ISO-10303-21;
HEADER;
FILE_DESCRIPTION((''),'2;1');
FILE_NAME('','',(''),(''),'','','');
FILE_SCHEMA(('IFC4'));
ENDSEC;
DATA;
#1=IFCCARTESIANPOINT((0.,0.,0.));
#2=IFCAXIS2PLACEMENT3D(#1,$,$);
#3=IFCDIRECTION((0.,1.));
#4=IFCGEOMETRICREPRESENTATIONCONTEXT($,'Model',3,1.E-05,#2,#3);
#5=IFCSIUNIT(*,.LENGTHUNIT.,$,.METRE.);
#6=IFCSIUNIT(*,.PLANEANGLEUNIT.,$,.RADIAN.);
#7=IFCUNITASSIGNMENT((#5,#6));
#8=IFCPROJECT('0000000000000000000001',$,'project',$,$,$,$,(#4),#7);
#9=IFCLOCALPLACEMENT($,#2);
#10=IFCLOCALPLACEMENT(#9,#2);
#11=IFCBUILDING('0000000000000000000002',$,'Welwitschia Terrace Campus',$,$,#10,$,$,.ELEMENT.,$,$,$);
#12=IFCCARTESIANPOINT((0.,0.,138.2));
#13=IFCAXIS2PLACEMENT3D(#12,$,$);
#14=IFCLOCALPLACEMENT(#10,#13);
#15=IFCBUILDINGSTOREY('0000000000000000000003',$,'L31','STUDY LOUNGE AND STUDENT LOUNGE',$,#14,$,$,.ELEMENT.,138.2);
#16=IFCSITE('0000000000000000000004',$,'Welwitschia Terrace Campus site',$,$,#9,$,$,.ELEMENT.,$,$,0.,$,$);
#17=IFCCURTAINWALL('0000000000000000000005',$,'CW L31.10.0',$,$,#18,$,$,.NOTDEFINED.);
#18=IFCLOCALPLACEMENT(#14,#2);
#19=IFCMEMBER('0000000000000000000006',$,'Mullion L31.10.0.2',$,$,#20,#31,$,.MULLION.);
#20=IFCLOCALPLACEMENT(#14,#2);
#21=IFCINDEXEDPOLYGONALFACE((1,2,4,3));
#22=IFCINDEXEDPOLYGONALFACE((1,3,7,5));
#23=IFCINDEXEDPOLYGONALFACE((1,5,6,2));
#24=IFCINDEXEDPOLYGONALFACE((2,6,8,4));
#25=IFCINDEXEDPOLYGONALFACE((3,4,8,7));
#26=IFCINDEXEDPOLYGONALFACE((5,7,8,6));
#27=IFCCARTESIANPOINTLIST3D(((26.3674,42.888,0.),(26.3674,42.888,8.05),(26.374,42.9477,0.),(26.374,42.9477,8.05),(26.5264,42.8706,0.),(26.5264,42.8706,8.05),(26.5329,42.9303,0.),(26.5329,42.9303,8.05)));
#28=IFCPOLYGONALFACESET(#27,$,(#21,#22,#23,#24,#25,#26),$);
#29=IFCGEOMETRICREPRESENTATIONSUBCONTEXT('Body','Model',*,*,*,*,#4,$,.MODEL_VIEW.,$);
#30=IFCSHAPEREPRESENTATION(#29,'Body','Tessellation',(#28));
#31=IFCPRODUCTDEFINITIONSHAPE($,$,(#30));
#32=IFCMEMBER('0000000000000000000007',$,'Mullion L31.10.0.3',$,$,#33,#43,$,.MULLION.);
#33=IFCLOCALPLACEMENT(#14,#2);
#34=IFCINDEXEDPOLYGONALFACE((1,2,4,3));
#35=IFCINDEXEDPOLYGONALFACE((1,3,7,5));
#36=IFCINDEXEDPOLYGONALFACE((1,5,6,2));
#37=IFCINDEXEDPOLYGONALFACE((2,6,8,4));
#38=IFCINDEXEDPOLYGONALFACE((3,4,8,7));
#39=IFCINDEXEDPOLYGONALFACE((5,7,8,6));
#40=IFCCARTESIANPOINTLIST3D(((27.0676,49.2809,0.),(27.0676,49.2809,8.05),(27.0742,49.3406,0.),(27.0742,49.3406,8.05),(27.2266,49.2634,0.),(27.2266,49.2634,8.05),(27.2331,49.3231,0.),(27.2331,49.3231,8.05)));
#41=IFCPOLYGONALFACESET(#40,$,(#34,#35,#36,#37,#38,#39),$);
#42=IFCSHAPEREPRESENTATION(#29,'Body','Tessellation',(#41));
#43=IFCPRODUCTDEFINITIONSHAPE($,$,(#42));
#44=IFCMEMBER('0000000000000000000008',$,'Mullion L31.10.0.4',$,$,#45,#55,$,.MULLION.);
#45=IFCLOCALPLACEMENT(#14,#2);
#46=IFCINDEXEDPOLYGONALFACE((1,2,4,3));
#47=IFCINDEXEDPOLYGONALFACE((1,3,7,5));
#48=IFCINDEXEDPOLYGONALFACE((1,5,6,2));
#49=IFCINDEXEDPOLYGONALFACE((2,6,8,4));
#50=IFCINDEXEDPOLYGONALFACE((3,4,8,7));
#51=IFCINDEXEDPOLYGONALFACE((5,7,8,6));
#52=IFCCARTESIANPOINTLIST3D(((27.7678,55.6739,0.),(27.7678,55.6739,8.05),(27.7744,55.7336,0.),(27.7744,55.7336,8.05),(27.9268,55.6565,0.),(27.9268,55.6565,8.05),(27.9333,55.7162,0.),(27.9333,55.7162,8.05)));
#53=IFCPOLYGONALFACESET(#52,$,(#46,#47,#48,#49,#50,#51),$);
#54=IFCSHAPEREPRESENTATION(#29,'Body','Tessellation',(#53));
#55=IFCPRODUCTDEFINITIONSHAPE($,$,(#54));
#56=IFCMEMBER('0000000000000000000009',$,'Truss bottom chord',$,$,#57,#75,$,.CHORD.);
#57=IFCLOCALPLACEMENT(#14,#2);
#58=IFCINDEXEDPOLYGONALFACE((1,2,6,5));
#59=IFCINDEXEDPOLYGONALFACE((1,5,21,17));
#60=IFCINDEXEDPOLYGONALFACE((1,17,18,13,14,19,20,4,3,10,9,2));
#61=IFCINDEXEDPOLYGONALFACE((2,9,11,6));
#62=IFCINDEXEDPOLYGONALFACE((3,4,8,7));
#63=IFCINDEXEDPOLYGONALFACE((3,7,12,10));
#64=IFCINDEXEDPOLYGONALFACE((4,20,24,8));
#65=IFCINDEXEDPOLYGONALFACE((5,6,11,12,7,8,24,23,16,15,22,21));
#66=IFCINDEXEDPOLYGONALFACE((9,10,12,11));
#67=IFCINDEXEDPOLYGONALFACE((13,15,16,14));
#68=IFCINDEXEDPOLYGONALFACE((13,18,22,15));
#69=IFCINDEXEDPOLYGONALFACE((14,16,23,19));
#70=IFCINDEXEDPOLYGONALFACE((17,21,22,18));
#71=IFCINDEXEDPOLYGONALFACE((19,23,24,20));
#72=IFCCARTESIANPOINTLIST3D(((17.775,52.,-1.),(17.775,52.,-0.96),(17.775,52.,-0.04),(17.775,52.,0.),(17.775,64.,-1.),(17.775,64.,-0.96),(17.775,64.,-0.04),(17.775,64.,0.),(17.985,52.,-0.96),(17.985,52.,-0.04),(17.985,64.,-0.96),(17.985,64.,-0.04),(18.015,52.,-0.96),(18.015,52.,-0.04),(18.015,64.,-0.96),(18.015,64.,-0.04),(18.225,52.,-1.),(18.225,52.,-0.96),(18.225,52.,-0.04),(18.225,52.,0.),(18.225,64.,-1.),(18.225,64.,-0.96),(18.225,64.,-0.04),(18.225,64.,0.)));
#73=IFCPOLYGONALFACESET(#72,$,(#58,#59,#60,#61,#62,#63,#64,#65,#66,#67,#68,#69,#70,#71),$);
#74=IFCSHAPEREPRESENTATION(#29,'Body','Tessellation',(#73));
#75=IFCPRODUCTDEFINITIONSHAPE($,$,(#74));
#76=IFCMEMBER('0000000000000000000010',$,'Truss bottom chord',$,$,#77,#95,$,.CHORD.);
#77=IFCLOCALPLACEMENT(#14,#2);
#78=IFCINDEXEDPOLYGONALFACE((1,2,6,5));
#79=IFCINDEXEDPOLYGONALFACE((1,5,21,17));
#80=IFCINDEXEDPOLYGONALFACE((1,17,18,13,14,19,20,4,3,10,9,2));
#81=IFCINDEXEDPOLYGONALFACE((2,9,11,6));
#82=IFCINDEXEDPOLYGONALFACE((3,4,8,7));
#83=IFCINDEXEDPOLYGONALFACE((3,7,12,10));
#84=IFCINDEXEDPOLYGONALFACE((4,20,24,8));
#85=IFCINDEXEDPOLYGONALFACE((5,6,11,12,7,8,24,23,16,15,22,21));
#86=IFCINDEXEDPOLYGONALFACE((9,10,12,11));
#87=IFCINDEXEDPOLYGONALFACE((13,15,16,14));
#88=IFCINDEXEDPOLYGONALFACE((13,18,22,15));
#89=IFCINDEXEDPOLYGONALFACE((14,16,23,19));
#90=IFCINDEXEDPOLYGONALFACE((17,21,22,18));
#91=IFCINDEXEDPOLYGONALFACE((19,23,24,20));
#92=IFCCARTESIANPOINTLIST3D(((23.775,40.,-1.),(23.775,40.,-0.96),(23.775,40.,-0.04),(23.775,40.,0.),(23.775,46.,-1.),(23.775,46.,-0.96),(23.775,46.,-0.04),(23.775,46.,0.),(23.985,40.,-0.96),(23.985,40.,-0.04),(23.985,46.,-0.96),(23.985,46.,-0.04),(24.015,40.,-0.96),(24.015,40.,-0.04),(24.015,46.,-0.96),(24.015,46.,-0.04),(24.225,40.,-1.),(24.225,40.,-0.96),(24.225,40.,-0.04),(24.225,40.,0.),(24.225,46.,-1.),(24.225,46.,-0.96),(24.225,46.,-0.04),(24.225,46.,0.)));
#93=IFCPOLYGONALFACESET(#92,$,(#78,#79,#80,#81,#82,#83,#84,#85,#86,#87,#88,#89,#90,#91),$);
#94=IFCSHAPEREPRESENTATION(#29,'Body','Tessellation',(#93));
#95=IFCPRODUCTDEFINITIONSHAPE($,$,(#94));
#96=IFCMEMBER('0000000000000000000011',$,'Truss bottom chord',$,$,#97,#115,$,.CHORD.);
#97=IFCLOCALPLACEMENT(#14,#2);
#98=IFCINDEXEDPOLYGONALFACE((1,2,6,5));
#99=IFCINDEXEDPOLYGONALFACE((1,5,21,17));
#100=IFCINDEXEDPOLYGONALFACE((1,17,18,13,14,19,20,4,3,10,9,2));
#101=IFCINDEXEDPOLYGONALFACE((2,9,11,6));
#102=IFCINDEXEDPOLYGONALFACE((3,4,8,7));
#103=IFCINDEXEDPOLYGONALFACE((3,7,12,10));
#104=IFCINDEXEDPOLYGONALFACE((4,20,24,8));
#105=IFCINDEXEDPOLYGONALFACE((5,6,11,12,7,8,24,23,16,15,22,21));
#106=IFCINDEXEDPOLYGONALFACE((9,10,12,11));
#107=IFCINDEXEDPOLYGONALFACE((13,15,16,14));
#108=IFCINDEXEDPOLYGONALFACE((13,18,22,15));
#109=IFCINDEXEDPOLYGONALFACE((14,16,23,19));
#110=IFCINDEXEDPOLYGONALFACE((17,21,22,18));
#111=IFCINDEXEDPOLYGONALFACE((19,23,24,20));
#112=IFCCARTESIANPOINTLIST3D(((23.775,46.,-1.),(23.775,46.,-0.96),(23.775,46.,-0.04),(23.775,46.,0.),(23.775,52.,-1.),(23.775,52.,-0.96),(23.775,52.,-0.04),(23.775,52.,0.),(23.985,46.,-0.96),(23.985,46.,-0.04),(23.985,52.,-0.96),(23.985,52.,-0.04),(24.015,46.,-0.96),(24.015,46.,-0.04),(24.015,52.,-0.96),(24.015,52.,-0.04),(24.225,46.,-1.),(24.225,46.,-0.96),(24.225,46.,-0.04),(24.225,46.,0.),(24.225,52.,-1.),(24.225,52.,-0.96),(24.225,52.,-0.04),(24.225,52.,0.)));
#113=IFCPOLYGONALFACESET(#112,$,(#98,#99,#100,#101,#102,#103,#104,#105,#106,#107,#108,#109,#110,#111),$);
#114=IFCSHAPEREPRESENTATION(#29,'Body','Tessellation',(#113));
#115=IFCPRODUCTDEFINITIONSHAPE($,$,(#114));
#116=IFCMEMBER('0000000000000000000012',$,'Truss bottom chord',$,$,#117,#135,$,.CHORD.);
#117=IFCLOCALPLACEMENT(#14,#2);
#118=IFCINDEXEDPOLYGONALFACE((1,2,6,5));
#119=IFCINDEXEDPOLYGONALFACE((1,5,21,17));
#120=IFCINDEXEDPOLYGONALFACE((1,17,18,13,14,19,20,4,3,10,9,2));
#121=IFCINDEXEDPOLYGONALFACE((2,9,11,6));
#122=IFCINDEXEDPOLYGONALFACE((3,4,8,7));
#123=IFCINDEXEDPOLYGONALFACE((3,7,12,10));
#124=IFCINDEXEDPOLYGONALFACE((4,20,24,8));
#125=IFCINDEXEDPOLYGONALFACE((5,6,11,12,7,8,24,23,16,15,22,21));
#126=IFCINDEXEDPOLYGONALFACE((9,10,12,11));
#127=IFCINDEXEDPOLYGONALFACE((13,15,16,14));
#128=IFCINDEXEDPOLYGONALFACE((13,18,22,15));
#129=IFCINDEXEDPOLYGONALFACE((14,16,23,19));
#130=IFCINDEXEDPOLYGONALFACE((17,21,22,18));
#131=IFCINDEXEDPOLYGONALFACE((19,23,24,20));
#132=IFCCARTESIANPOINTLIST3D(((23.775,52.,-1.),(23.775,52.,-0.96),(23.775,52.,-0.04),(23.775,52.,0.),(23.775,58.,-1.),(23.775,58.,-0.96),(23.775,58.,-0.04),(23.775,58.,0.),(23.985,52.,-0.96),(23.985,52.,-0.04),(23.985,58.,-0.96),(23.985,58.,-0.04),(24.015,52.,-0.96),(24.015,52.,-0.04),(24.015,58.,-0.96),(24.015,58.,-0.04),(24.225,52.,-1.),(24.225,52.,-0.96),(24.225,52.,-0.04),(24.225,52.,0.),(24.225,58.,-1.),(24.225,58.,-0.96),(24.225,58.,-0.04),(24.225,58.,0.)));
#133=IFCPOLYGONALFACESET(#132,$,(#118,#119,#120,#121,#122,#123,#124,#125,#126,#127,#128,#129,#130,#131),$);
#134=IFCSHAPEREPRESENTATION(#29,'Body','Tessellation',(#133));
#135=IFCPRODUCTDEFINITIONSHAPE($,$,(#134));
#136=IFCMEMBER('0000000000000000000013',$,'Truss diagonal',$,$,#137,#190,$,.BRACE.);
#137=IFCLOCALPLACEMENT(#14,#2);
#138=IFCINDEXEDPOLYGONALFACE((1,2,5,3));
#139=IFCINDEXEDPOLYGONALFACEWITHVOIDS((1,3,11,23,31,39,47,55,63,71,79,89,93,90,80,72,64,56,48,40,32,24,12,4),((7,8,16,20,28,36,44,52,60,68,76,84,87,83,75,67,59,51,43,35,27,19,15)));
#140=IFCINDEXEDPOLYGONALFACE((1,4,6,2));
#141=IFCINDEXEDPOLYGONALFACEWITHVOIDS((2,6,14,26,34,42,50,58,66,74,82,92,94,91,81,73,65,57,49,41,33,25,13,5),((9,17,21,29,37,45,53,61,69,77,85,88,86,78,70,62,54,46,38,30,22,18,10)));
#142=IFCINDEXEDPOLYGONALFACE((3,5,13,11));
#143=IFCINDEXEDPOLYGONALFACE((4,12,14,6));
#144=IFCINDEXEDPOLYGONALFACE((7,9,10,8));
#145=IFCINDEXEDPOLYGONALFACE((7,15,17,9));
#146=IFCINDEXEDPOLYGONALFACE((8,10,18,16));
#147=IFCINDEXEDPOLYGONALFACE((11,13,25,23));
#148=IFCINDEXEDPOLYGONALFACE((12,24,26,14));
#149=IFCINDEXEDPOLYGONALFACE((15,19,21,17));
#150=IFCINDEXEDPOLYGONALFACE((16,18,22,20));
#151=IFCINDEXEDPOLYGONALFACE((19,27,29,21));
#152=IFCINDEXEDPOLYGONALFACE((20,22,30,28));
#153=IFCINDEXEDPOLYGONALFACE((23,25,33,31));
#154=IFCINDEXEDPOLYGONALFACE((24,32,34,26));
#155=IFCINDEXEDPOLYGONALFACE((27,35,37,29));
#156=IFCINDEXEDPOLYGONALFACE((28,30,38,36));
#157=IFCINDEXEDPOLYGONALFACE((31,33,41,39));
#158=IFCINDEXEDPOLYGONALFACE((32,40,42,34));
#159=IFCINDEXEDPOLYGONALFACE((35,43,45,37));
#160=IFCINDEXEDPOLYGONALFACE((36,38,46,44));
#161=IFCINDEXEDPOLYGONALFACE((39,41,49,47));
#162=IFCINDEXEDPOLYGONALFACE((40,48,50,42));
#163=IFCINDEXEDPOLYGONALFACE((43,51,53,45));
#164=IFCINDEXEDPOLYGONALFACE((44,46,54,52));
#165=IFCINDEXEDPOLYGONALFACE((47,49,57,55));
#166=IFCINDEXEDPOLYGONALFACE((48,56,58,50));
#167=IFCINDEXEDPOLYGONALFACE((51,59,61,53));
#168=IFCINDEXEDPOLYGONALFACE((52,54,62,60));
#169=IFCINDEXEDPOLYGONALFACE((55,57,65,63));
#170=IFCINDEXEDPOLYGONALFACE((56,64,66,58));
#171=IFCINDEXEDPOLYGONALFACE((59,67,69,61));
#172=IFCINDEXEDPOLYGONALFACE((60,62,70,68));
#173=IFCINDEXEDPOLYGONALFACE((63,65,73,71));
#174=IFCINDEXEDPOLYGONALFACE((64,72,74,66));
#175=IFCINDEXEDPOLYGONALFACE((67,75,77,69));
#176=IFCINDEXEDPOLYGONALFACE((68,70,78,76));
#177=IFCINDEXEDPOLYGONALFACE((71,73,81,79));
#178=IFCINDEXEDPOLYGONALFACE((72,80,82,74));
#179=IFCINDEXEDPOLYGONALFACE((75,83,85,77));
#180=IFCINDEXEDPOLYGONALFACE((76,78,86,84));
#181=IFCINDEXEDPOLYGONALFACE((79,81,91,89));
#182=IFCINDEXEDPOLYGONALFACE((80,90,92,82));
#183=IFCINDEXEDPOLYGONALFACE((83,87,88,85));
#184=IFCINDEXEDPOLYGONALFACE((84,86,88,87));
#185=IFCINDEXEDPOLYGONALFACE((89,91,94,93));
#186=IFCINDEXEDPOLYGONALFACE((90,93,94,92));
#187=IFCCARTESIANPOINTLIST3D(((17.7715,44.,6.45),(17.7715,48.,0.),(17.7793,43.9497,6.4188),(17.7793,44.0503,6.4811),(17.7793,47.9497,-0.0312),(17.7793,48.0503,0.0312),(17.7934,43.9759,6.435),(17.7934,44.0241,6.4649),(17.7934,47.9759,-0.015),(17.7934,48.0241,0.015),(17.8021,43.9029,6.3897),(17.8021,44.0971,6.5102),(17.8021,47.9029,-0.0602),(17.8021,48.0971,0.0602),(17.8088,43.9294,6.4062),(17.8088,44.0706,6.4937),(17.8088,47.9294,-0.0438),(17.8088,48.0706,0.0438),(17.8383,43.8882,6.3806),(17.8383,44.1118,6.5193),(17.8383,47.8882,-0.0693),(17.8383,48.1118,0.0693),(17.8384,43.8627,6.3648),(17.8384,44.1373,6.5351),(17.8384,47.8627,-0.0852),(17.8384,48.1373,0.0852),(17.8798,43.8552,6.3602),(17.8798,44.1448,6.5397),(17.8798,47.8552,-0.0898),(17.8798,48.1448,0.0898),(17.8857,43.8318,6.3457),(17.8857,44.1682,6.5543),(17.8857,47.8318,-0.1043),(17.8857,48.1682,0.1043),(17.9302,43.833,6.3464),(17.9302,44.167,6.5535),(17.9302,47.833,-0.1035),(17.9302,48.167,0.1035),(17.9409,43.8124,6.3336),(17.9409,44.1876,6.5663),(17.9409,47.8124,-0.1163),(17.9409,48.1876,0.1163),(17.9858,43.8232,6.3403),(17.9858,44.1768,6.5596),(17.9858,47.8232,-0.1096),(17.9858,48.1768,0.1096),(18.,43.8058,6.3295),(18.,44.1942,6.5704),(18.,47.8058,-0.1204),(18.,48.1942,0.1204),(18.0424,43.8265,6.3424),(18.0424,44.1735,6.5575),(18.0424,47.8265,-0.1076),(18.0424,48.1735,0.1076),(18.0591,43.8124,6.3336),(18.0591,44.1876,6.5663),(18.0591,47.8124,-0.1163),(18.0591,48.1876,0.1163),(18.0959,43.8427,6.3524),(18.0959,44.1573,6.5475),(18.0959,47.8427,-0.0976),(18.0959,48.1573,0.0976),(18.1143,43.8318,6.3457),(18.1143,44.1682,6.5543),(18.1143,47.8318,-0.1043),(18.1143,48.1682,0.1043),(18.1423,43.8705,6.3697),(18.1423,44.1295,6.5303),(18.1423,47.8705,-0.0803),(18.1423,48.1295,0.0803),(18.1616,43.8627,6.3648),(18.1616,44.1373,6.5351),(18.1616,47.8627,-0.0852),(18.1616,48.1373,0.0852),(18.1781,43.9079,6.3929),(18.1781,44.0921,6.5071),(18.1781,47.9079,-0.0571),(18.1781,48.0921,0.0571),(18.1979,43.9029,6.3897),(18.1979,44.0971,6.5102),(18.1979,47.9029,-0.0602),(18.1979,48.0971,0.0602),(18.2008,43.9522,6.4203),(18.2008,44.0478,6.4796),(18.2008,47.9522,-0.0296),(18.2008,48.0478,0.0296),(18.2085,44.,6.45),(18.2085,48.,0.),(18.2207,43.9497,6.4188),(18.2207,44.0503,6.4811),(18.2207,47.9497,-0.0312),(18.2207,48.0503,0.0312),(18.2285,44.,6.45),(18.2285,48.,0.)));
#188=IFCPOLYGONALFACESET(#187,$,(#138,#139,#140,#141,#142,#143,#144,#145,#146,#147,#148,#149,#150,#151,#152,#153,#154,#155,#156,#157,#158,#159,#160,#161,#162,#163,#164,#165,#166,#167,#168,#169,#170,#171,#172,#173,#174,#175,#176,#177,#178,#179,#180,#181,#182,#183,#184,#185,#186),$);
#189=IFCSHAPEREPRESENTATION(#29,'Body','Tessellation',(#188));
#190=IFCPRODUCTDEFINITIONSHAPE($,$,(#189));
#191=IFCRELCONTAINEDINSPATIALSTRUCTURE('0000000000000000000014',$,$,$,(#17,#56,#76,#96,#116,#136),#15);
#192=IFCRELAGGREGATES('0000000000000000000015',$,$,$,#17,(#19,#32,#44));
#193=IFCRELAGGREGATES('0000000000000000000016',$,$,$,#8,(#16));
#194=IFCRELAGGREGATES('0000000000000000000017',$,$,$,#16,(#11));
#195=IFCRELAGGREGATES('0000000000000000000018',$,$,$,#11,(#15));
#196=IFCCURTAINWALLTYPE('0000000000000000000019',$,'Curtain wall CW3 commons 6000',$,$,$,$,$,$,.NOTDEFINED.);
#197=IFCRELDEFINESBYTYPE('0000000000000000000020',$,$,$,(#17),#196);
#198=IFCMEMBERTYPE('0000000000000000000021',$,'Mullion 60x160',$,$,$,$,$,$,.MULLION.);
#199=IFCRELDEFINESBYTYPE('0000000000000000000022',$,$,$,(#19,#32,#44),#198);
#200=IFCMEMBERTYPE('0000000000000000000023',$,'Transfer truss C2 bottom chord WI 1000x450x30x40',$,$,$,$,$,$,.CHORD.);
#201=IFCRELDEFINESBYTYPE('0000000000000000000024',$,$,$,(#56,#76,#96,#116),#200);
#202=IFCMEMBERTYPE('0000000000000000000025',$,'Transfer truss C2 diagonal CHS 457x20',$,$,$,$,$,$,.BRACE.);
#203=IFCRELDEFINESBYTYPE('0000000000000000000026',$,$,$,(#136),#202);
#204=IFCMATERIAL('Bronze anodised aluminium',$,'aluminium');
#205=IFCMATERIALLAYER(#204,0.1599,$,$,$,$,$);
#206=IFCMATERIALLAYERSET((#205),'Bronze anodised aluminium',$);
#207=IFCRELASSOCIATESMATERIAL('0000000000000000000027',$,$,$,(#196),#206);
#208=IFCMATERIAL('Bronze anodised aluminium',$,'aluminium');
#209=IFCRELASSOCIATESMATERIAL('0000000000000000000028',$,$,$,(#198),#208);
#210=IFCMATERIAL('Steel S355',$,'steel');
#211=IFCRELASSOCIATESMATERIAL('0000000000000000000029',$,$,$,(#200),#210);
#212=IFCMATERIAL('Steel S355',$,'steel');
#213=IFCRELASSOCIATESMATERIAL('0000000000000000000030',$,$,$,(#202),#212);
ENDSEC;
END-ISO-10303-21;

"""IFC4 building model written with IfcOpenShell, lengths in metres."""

from ifc_helpers import new_model, si_unit, direction, frame, origin, origin_2d, place, context, subcontext, project, spatial, rectangle, hollow_circle, i_section, extrude, material, layer, layer_set, material_profile, profile_set, type_object, element, aggregate, save


model = new_model("IFC4")

# Units and contexts
model_context = context("Model", 3, precision=1e-05, world=origin(), true_north=direction((0.0, 1.0)))
body_context = subcontext(model_context, "Body", "Model", "MODEL_VIEW")
ifc_project = project(units=[si_unit("LENGTHUNIT", "METRE"), si_unit("PLANEANGLEUNIT", "RADIAN")], contexts=[model_context])

# Site, building, storey
site_placement = place(None, origin())
site = spatial("IfcSite", under=ifc_project, at=site_placement, Name="Welwitschia Terrace Campus site", CompositionType="ELEMENT", RefElevation=0.0)
building_placement = place(site_placement, origin())
building = spatial("IfcBuilding", under=site, at=building_placement, Name="Welwitschia Terrace Campus", CompositionType="ELEMENT")
storey_placement = place(building_placement, frame((0.0, 0.0, 138.2)))
storey = spatial("IfcBuildingStorey", under=building, at=storey_placement, Name="L31", Description="STUDY LOUNGE AND STUDENT LOUNGE", CompositionType="ELEMENT", Elevation=138.2)

# Curtain wall, members
ifc_material_1 = material(Name="Bronze anodised aluminium", Category="aluminium")
ifc_layer_1 = layer(ifc_material_1, 0.1599)
ifc_layer_set_1 = layer_set([ifc_layer_1], Name="Bronze anodised aluminium")
curtain_wall_type = type_object("IfcCurtainWallType", Name="Curtain wall CW3 commons 6000", PredefinedType="NOTDEFINED", material=ifc_layer_set_1)
curtain_wall_placement = place(storey_placement, origin())
curtain_wall = element("IfcCurtainWall", 1, at=curtain_wall_placement, inside=storey, type_object=curtain_wall_type, Name="CW L31.10.0", PredefinedType="NOTDEFINED")
ifc_material_2 = material(Name="Bronze anodised aluminium", Category="aluminium")
ifc_material_profile_1 = material_profile(ifc_material_2, rectangle(XDim=0.1599, YDim=0.0601, at=origin_2d()))
ifc_profile_set_1 = profile_set([ifc_material_profile_1], Name="Bronze anodised aluminium")
member_type_1 = type_object("IfcMemberType", Name="Mullion 60x160", PredefinedType="MULLION", material=ifc_profile_set_1)
member_1_placement = place(storey_placement, frame((26.4502, 42.9092, 0.0), z_axis=(0.0, 0.0, 1.0), x_axis=(-0.994056, 0.108867, 0.0)))
member_1 = element("IfcMember", 2, at=member_1_placement, type_object=member_type_1, Name="Mullion L31.10.0.2", PredefinedType="MULLION", context=body_context, shape_type="SweptSolid", body=[
    extrude(rectangle(XDim=0.1599, YDim=0.0601, at=origin_2d()), origin(), (0.0, 0.0, 1.0), 8.05),
])
member_2_placement = place(storey_placement, frame((27.1504, 49.302, 0.0), z_axis=(0.0, 0.0, 1.0), x_axis=(-0.994056, 0.108867, 0.0)))
member_2 = element("IfcMember", 3, at=member_2_placement, type_object=member_type_1, Name="Mullion L31.10.0.3", PredefinedType="MULLION", context=body_context, shape_type="SweptSolid", body=[
    extrude(rectangle(XDim=0.1599, YDim=0.0601, at=origin_2d()), origin(), (0.0, 0.0, 1.0), 8.05),
])
member_3_placement = place(storey_placement, frame((27.8506, 55.6951, 0.0), z_axis=(0.0, 0.0, 1.0), x_axis=(-0.994056, 0.108867, 0.0)))
member_3 = element("IfcMember", 4, at=member_3_placement, type_object=member_type_1, Name="Mullion L31.10.0.4", PredefinedType="MULLION", context=body_context, shape_type="SweptSolid", body=[
    extrude(rectangle(XDim=0.1599, YDim=0.0601, at=origin_2d()), origin(), (0.0, 0.0, 1.0), 8.05),
])

# Members
ifc_material_3 = material(Name="Steel S355", Category="steel")
ifc_material_profile_2 = material_profile(ifc_material_3, i_section(OverallWidth=0.45, OverallDepth=1.0, WebThickness=0.03, FlangeThickness=0.04, at=origin_2d()))
ifc_profile_set_2 = profile_set([ifc_material_profile_2], Name="Steel S355")
member_type_2 = type_object("IfcMemberType", Name="Transfer truss C2 bottom chord WI 1000x450x30x40", PredefinedType="CHORD", material=ifc_profile_set_2)
member_4_placement = place(storey_placement, frame((18.0, 52.0, -0.5), z_axis=(0.0, 1.0, 0.0), x_axis=(-1.0, 0.0, 0.0)))
element("IfcMember", 5, at=member_4_placement, inside=storey, type_object=member_type_2, Name="Truss bottom chord", PredefinedType="CHORD", context=body_context, shape_type="SweptSolid", body=[
    extrude(i_section(OverallWidth=0.45, OverallDepth=1.0, WebThickness=0.03, FlangeThickness=0.04, at=origin_2d()), origin(), (0.0, 0.0, 1.0), 12.0),
])
for number, where, z_axis, x_axis, name in (
    (6, (24.0, 40.0, -0.5), (0.0, 1.0, 0.0), (-1.0, 0.0, 0.0), "Truss bottom chord"),
    (7, (24.0, 46.0, -0.5), (0.0, 1.0, 0.0), (-1.0, 0.0, 0.0), "Truss bottom chord"),
    (8, (24.0, 52.0, -0.5), (0.0, 1.0, 0.0), (-1.0, 0.0, 0.0), "Truss bottom chord"),
):
    element("IfcMember", number, at=place(storey_placement, frame(where, z_axis=z_axis, x_axis=x_axis)), inside=storey, type_object=member_type_2, Name=name, PredefinedType="CHORD", context=body_context, shape_type="SweptSolid", body=[
        extrude(i_section(OverallWidth=0.45, OverallDepth=1.0, WebThickness=0.03, FlangeThickness=0.04, at=origin_2d()), origin(), (0.0, 0.0, 1.0), 6.0),
    ])
ifc_material_4 = material(Name="Steel S355", Category="steel")
ifc_material_profile_3 = material_profile(ifc_material_4, hollow_circle(Radius=0.2285, WallThickness=0.02, at=origin_2d()))
ifc_profile_set_3 = profile_set([ifc_material_profile_3], Name="Steel S355")
member_type_3 = type_object("IfcMemberType", Name="Transfer truss C2 diagonal CHS 457x20", PredefinedType="BRACE", material=ifc_profile_set_3)
for number, where, z_axis, x_axis, name in (
    (9, (18.0, 48.0, 0.0), (0.0, -0.527038, 0.849842), (1.0, 0.0, 0.0), "Truss diagonal"),
):
    element("IfcMember", number, at=place(storey_placement, frame(where, z_axis=z_axis, x_axis=x_axis)), inside=storey, type_object=member_type_3, Name=name, PredefinedType="BRACE", context=body_context, shape_type="SweptSolid", body=[
        extrude(hollow_circle(Radius=0.2285, WallThickness=0.02, at=origin_2d()), origin(), (0.0, 0.0, 1.0), 7.5896),
    ])

aggregate(curtain_wall, [member_1, member_2, member_3])

save(model, "model.ifc")
